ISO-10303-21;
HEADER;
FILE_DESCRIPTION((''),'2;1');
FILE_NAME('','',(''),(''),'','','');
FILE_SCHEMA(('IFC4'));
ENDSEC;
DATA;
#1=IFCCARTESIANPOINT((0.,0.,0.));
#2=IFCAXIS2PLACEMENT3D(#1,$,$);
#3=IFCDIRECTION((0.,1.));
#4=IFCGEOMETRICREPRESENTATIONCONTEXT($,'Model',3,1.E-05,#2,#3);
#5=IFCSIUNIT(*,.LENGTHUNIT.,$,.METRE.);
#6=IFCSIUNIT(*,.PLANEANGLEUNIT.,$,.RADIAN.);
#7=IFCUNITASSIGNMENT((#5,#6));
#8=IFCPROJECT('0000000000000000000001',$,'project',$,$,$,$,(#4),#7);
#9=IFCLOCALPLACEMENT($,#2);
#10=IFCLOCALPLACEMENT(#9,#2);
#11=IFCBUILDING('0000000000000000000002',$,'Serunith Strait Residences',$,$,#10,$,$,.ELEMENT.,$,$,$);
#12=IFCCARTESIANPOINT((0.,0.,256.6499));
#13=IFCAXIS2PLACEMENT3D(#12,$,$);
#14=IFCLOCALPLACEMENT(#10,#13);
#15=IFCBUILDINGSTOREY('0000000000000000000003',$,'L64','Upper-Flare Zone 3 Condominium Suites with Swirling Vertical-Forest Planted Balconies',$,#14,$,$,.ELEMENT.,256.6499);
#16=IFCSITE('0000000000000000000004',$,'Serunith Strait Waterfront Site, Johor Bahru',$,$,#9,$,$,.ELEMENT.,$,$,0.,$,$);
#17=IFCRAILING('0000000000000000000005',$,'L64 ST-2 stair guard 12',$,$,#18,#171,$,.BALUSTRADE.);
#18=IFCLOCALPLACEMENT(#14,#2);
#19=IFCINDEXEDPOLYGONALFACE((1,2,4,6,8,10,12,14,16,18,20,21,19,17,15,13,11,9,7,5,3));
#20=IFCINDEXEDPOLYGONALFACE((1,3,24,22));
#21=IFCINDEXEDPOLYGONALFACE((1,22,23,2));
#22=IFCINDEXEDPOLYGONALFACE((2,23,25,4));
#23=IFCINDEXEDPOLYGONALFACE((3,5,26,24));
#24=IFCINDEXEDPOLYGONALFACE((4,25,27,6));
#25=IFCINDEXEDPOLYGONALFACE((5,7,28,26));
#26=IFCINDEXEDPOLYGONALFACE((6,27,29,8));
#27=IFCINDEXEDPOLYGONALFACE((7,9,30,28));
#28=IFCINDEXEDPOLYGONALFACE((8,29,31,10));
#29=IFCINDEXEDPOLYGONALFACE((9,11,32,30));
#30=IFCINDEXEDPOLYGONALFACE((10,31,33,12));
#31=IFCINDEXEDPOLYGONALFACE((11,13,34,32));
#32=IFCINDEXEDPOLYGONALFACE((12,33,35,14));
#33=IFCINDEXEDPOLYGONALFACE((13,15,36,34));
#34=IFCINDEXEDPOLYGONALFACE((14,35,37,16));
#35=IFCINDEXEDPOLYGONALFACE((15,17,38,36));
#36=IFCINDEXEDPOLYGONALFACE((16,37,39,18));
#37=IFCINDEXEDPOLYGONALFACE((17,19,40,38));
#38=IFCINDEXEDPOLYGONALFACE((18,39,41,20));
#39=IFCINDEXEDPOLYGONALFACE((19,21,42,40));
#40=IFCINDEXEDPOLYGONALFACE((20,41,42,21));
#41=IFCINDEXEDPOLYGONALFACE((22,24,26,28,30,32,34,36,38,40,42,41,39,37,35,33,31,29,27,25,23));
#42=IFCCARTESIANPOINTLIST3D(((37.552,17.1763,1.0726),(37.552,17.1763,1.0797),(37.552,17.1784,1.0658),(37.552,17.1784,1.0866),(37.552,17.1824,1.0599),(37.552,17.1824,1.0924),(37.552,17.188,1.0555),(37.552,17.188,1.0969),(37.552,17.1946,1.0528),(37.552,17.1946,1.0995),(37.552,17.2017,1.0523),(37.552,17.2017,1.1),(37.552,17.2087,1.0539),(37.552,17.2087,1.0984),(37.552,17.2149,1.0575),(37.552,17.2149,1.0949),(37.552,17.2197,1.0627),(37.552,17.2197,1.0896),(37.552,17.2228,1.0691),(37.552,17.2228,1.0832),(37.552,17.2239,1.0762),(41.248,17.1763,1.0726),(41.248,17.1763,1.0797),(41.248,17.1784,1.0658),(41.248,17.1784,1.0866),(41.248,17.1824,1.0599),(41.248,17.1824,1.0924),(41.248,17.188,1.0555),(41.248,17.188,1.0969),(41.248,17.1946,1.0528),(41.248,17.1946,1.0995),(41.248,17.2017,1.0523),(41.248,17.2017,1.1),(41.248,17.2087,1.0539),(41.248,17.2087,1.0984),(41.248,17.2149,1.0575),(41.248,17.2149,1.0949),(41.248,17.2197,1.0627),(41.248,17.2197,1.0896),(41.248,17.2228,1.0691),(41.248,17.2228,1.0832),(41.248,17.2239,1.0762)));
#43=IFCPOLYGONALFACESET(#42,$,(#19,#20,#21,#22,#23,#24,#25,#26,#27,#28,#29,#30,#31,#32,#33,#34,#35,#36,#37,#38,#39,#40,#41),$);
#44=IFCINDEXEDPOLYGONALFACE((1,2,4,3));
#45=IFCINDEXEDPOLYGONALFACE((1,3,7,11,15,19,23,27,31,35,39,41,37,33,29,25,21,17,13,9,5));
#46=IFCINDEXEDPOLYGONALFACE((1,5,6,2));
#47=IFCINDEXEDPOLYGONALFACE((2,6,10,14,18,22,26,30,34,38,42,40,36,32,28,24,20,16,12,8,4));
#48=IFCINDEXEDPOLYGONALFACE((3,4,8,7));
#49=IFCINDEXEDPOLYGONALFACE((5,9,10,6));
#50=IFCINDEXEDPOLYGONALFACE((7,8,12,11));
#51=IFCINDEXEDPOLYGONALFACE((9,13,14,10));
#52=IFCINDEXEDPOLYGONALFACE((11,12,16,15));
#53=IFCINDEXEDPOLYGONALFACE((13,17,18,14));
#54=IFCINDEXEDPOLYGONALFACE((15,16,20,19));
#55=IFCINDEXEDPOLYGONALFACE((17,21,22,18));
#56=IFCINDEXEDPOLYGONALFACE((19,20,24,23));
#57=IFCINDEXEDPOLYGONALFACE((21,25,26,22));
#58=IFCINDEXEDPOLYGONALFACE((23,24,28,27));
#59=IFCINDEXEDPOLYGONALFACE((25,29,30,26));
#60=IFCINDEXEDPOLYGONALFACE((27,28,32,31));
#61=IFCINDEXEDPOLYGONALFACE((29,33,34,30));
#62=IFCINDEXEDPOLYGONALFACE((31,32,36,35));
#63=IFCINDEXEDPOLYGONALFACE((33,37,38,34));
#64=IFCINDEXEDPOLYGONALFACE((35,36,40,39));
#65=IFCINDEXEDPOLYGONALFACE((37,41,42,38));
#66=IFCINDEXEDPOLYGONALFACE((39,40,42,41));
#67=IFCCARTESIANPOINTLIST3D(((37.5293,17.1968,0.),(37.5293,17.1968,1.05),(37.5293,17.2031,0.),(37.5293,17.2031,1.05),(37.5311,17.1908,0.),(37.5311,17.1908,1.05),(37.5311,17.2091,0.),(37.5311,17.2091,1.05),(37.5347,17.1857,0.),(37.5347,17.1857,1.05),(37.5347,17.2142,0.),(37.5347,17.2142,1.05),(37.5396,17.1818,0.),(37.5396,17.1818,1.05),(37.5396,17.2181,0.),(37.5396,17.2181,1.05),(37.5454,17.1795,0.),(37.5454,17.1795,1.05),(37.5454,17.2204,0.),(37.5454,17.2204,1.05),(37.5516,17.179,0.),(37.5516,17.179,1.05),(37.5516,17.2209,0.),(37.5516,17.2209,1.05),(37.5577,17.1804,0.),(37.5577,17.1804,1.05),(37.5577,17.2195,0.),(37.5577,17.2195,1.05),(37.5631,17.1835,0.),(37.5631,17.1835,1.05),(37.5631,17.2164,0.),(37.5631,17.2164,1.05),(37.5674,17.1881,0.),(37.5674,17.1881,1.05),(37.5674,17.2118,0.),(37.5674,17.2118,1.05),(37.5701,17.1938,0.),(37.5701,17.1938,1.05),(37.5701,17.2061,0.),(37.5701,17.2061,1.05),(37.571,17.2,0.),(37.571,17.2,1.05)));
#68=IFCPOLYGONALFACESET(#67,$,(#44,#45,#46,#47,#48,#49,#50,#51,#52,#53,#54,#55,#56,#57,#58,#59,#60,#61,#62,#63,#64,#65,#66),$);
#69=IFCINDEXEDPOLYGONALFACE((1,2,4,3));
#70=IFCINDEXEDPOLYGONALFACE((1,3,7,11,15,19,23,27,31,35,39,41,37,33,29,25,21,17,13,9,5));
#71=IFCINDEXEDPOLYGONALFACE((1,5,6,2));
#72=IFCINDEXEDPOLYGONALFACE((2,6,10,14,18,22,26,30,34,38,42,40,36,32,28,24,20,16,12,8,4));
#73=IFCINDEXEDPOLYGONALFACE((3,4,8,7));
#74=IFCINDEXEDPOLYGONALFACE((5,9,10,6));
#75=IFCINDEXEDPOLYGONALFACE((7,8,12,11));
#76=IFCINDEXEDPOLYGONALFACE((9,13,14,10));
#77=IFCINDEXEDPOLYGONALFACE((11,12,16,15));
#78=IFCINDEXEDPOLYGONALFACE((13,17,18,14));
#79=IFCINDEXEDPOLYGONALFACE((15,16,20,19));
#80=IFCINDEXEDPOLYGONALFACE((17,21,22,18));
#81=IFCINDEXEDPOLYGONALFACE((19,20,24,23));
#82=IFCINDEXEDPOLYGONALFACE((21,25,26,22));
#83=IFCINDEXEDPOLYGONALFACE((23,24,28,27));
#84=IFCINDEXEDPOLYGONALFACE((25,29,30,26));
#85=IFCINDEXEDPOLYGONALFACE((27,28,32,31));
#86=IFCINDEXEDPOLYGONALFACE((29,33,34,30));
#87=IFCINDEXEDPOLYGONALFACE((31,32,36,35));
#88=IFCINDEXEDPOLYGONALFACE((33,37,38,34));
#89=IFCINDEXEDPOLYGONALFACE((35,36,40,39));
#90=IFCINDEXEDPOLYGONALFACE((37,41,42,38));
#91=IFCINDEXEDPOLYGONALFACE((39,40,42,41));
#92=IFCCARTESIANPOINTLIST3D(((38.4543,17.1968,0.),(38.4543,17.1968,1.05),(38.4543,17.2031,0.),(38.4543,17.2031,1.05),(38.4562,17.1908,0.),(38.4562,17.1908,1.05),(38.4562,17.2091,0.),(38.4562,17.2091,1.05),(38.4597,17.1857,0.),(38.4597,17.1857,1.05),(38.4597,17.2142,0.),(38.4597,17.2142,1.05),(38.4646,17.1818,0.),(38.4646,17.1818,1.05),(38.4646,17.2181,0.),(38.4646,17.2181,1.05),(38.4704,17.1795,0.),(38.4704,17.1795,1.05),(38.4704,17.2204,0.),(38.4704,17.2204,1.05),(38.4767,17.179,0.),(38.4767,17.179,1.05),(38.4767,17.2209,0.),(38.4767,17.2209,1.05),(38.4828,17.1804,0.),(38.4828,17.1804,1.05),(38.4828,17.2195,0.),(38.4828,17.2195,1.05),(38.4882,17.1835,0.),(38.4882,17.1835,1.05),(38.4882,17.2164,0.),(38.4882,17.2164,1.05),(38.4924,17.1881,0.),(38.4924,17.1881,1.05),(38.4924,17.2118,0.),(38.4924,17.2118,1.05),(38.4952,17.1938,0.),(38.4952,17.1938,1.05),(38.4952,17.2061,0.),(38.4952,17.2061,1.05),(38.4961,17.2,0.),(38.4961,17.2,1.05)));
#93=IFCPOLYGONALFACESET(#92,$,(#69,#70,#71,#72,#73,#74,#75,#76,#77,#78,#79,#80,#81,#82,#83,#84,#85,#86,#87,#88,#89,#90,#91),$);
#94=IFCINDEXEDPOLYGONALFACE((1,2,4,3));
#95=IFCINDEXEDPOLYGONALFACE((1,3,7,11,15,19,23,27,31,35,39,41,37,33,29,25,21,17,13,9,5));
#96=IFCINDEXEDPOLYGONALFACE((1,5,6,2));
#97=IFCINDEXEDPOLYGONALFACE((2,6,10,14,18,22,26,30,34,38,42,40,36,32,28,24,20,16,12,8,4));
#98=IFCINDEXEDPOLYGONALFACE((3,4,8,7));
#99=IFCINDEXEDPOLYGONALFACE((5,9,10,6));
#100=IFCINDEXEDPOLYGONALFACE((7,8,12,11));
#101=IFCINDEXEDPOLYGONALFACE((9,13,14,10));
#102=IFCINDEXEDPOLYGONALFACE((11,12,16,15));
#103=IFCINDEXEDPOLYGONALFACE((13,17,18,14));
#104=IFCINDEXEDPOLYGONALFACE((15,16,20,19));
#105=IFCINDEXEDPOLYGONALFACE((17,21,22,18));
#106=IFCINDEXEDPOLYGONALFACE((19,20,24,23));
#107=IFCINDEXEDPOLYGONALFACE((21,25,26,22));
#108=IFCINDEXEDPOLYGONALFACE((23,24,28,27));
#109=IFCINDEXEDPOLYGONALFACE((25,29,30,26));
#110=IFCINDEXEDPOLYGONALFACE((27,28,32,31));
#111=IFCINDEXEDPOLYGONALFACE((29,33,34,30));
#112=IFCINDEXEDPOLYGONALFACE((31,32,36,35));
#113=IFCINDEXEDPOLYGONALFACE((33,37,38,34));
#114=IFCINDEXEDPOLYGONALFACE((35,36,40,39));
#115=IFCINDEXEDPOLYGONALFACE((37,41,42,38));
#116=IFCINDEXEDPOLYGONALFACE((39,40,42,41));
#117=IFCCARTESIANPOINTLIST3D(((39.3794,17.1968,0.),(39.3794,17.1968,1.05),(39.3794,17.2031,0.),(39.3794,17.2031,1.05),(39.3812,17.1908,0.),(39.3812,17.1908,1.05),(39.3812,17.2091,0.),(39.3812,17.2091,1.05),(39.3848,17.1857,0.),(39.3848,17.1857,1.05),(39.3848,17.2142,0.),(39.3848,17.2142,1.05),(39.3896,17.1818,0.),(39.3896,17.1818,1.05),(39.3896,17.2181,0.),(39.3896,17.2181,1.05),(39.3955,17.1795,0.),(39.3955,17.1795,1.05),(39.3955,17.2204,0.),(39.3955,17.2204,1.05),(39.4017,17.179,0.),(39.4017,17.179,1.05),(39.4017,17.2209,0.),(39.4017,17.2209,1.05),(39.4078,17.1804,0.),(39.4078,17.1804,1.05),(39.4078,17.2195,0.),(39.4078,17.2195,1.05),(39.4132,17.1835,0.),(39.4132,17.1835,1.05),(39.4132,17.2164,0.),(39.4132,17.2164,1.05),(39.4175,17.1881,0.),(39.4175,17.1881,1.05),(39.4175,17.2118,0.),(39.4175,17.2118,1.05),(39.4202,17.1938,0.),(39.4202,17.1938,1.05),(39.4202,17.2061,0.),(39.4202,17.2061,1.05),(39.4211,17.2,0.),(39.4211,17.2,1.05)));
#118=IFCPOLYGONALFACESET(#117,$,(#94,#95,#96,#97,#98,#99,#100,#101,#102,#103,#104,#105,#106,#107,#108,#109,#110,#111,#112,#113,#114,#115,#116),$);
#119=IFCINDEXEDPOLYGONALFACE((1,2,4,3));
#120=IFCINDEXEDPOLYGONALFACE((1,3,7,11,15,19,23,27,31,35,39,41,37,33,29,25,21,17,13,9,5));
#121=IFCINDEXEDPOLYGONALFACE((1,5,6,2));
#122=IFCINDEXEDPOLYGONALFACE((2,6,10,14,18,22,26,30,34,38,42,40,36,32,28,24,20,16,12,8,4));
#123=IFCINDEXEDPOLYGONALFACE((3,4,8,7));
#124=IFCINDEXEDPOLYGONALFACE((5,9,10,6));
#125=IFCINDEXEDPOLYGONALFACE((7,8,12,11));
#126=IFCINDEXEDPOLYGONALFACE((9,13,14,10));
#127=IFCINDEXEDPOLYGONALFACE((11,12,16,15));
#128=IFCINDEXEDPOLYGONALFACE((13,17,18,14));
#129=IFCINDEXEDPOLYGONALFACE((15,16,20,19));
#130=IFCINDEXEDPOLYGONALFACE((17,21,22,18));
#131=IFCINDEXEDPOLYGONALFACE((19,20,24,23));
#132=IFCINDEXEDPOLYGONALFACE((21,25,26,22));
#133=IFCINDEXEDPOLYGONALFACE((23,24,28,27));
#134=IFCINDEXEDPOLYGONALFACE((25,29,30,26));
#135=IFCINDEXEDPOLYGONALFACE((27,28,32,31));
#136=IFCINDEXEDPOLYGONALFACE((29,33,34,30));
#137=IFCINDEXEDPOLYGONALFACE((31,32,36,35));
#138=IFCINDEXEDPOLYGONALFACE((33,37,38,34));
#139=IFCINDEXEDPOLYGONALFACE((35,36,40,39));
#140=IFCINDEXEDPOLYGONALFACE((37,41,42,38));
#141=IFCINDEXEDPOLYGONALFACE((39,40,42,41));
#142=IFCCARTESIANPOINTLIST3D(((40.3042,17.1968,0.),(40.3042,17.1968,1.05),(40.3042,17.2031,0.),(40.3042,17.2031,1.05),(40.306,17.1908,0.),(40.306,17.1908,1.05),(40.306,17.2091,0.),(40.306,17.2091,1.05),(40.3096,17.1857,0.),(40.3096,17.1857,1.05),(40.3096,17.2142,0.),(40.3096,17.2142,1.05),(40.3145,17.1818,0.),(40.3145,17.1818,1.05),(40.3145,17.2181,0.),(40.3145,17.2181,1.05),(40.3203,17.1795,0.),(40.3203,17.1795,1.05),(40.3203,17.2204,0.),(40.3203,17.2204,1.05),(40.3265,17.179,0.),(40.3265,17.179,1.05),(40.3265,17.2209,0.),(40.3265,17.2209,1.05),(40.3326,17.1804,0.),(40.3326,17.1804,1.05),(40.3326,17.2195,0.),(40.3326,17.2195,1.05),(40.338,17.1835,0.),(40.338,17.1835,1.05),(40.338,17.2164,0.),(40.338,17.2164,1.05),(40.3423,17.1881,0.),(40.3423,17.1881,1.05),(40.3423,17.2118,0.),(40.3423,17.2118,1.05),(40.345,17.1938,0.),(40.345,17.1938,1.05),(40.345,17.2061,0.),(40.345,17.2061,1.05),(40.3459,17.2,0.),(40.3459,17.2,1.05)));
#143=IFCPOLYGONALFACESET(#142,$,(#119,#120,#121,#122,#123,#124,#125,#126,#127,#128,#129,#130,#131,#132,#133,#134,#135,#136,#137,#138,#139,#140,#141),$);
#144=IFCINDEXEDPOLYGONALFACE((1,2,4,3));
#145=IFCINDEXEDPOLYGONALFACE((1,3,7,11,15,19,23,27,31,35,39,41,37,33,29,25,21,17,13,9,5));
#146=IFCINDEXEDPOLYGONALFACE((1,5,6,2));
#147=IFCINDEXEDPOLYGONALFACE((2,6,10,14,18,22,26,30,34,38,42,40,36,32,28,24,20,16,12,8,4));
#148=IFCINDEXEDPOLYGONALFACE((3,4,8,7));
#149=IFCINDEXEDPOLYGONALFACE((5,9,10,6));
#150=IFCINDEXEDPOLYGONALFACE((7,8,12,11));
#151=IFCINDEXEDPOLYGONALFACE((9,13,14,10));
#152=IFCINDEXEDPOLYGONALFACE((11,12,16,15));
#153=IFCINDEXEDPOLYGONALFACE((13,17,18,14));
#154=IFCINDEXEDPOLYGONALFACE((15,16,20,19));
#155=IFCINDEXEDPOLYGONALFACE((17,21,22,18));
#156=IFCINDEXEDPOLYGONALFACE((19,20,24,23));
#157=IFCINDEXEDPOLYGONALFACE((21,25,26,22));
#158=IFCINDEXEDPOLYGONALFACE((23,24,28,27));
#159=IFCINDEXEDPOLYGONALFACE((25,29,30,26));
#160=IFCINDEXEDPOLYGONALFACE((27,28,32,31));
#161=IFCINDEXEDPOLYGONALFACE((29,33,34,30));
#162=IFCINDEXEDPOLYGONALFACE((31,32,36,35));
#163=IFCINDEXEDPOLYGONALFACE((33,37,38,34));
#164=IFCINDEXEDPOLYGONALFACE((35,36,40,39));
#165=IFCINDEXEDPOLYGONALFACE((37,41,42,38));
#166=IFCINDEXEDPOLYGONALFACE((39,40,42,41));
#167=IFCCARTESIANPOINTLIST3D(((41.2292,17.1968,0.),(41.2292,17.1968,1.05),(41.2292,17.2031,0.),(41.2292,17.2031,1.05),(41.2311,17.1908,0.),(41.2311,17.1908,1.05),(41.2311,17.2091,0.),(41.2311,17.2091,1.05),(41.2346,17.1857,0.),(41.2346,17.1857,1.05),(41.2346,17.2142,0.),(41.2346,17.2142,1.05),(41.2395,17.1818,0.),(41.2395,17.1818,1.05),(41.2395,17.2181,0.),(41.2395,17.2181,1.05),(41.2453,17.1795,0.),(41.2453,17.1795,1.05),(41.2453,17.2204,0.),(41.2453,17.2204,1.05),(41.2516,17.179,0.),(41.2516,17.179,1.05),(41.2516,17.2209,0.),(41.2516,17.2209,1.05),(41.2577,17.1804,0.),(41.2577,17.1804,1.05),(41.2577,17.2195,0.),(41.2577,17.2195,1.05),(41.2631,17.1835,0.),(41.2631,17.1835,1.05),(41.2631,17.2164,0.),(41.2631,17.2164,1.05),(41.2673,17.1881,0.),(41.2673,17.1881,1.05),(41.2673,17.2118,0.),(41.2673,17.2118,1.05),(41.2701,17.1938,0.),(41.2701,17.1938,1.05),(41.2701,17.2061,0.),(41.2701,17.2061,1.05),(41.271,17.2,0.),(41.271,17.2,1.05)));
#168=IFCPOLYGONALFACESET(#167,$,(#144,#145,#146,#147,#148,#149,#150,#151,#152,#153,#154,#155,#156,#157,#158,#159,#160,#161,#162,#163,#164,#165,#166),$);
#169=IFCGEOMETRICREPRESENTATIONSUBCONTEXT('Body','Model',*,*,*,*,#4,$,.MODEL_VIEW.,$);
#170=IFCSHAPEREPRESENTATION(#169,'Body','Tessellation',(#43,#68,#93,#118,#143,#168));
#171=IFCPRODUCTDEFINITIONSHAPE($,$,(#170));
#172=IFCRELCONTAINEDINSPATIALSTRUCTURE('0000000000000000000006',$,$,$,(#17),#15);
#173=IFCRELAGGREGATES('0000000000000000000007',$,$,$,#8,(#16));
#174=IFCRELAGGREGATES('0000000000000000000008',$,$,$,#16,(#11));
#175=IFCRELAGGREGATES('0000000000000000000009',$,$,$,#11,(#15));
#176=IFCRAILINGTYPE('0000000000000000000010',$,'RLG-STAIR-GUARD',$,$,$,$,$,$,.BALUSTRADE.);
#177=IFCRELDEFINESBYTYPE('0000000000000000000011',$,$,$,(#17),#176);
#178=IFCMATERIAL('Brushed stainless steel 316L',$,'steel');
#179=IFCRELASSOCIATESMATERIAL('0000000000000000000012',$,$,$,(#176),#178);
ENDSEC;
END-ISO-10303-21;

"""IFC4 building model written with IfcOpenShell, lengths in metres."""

from ifc_helpers import new_model, si_unit, direction, frame, origin, origin_2d, place, context, subcontext, project, spatial, circle, extrude, material, type_object, element, save


model = new_model("IFC4")

# Units and contexts
model_context = context("Model", 3, precision=1e-05, world=origin(), true_north=direction((0.0, 1.0)))
body_context = subcontext(model_context, "Body", "Model", "MODEL_VIEW")
ifc_project = project(units=[si_unit("LENGTHUNIT", "METRE"), si_unit("PLANEANGLEUNIT", "RADIAN")], contexts=[model_context])

# Site, building, storey
site_placement = place(None, origin())
site = spatial("IfcSite", under=ifc_project, at=site_placement, Name="Serunith Strait Waterfront Site, Johor Bahru", CompositionType="ELEMENT", RefElevation=0.0)
building_placement = place(site_placement, origin())
building = spatial("IfcBuilding", under=site, at=building_placement, Name="Serunith Strait Residences", CompositionType="ELEMENT")
storey_placement = place(building_placement, frame((0.0, 0.0, 256.6499)))
storey = spatial("IfcBuildingStorey", under=building, at=storey_placement, Name="L64", Description="Upper-Flare Zone 3 Condominium Suites with Swirling Vertical-Forest Planted Balconies", CompositionType="ELEMENT", Elevation=256.6499)

# Railing
ifc_material_1 = material(Name="Brushed stainless steel 316L", Category="steel")
railing_type_1 = type_object("IfcRailingType", Name="RLG-STAIR-GUARD", PredefinedType="BALUSTRADE", material=ifc_material_1)
railing_1_placement = place(storey_placement, frame((37.55, 17.2, 0.0)))
element("IfcRailing", 1, at=railing_1_placement, inside=storey, type_object=railing_type_1, Name="L64 ST-2 stair guard 12", PredefinedType="BALUSTRADE", context=body_context, shape_type="SweptSolid", body=[
    extrude(circle(Radius=0.0239, at=origin_2d()), frame((0.002, 0.0, 1.0762), z_axis=(1.0, 0.0, 0.0), x_axis=(0.0, 1.0, 0.0)), (0.0, 0.0, 1.0), 3.696),
    extrude(circle(Radius=0.021, at=origin_2d()), origin(), (0.0, 0.0, 1.0), 1.05),
    extrude(circle(Radius=0.021, at=origin_2d()), frame((0.925, 0.0, 0.0)), (0.0, 0.0, 1.0), 1.05),
    extrude(circle(Radius=0.021, at=origin_2d()), frame((1.8501, 0.0, 0.0)), (0.0, 0.0, 1.0), 1.05),
    extrude(circle(Radius=0.021, at=origin_2d()), frame((2.7749, 0.0, 0.0)), (0.0, 0.0, 1.0), 1.05),
    extrude(circle(Radius=0.021, at=origin_2d()), frame((3.7, 0.0, 0.0)), (0.0, 0.0, 1.0), 1.05),
])

save(model, "model.ifc")
